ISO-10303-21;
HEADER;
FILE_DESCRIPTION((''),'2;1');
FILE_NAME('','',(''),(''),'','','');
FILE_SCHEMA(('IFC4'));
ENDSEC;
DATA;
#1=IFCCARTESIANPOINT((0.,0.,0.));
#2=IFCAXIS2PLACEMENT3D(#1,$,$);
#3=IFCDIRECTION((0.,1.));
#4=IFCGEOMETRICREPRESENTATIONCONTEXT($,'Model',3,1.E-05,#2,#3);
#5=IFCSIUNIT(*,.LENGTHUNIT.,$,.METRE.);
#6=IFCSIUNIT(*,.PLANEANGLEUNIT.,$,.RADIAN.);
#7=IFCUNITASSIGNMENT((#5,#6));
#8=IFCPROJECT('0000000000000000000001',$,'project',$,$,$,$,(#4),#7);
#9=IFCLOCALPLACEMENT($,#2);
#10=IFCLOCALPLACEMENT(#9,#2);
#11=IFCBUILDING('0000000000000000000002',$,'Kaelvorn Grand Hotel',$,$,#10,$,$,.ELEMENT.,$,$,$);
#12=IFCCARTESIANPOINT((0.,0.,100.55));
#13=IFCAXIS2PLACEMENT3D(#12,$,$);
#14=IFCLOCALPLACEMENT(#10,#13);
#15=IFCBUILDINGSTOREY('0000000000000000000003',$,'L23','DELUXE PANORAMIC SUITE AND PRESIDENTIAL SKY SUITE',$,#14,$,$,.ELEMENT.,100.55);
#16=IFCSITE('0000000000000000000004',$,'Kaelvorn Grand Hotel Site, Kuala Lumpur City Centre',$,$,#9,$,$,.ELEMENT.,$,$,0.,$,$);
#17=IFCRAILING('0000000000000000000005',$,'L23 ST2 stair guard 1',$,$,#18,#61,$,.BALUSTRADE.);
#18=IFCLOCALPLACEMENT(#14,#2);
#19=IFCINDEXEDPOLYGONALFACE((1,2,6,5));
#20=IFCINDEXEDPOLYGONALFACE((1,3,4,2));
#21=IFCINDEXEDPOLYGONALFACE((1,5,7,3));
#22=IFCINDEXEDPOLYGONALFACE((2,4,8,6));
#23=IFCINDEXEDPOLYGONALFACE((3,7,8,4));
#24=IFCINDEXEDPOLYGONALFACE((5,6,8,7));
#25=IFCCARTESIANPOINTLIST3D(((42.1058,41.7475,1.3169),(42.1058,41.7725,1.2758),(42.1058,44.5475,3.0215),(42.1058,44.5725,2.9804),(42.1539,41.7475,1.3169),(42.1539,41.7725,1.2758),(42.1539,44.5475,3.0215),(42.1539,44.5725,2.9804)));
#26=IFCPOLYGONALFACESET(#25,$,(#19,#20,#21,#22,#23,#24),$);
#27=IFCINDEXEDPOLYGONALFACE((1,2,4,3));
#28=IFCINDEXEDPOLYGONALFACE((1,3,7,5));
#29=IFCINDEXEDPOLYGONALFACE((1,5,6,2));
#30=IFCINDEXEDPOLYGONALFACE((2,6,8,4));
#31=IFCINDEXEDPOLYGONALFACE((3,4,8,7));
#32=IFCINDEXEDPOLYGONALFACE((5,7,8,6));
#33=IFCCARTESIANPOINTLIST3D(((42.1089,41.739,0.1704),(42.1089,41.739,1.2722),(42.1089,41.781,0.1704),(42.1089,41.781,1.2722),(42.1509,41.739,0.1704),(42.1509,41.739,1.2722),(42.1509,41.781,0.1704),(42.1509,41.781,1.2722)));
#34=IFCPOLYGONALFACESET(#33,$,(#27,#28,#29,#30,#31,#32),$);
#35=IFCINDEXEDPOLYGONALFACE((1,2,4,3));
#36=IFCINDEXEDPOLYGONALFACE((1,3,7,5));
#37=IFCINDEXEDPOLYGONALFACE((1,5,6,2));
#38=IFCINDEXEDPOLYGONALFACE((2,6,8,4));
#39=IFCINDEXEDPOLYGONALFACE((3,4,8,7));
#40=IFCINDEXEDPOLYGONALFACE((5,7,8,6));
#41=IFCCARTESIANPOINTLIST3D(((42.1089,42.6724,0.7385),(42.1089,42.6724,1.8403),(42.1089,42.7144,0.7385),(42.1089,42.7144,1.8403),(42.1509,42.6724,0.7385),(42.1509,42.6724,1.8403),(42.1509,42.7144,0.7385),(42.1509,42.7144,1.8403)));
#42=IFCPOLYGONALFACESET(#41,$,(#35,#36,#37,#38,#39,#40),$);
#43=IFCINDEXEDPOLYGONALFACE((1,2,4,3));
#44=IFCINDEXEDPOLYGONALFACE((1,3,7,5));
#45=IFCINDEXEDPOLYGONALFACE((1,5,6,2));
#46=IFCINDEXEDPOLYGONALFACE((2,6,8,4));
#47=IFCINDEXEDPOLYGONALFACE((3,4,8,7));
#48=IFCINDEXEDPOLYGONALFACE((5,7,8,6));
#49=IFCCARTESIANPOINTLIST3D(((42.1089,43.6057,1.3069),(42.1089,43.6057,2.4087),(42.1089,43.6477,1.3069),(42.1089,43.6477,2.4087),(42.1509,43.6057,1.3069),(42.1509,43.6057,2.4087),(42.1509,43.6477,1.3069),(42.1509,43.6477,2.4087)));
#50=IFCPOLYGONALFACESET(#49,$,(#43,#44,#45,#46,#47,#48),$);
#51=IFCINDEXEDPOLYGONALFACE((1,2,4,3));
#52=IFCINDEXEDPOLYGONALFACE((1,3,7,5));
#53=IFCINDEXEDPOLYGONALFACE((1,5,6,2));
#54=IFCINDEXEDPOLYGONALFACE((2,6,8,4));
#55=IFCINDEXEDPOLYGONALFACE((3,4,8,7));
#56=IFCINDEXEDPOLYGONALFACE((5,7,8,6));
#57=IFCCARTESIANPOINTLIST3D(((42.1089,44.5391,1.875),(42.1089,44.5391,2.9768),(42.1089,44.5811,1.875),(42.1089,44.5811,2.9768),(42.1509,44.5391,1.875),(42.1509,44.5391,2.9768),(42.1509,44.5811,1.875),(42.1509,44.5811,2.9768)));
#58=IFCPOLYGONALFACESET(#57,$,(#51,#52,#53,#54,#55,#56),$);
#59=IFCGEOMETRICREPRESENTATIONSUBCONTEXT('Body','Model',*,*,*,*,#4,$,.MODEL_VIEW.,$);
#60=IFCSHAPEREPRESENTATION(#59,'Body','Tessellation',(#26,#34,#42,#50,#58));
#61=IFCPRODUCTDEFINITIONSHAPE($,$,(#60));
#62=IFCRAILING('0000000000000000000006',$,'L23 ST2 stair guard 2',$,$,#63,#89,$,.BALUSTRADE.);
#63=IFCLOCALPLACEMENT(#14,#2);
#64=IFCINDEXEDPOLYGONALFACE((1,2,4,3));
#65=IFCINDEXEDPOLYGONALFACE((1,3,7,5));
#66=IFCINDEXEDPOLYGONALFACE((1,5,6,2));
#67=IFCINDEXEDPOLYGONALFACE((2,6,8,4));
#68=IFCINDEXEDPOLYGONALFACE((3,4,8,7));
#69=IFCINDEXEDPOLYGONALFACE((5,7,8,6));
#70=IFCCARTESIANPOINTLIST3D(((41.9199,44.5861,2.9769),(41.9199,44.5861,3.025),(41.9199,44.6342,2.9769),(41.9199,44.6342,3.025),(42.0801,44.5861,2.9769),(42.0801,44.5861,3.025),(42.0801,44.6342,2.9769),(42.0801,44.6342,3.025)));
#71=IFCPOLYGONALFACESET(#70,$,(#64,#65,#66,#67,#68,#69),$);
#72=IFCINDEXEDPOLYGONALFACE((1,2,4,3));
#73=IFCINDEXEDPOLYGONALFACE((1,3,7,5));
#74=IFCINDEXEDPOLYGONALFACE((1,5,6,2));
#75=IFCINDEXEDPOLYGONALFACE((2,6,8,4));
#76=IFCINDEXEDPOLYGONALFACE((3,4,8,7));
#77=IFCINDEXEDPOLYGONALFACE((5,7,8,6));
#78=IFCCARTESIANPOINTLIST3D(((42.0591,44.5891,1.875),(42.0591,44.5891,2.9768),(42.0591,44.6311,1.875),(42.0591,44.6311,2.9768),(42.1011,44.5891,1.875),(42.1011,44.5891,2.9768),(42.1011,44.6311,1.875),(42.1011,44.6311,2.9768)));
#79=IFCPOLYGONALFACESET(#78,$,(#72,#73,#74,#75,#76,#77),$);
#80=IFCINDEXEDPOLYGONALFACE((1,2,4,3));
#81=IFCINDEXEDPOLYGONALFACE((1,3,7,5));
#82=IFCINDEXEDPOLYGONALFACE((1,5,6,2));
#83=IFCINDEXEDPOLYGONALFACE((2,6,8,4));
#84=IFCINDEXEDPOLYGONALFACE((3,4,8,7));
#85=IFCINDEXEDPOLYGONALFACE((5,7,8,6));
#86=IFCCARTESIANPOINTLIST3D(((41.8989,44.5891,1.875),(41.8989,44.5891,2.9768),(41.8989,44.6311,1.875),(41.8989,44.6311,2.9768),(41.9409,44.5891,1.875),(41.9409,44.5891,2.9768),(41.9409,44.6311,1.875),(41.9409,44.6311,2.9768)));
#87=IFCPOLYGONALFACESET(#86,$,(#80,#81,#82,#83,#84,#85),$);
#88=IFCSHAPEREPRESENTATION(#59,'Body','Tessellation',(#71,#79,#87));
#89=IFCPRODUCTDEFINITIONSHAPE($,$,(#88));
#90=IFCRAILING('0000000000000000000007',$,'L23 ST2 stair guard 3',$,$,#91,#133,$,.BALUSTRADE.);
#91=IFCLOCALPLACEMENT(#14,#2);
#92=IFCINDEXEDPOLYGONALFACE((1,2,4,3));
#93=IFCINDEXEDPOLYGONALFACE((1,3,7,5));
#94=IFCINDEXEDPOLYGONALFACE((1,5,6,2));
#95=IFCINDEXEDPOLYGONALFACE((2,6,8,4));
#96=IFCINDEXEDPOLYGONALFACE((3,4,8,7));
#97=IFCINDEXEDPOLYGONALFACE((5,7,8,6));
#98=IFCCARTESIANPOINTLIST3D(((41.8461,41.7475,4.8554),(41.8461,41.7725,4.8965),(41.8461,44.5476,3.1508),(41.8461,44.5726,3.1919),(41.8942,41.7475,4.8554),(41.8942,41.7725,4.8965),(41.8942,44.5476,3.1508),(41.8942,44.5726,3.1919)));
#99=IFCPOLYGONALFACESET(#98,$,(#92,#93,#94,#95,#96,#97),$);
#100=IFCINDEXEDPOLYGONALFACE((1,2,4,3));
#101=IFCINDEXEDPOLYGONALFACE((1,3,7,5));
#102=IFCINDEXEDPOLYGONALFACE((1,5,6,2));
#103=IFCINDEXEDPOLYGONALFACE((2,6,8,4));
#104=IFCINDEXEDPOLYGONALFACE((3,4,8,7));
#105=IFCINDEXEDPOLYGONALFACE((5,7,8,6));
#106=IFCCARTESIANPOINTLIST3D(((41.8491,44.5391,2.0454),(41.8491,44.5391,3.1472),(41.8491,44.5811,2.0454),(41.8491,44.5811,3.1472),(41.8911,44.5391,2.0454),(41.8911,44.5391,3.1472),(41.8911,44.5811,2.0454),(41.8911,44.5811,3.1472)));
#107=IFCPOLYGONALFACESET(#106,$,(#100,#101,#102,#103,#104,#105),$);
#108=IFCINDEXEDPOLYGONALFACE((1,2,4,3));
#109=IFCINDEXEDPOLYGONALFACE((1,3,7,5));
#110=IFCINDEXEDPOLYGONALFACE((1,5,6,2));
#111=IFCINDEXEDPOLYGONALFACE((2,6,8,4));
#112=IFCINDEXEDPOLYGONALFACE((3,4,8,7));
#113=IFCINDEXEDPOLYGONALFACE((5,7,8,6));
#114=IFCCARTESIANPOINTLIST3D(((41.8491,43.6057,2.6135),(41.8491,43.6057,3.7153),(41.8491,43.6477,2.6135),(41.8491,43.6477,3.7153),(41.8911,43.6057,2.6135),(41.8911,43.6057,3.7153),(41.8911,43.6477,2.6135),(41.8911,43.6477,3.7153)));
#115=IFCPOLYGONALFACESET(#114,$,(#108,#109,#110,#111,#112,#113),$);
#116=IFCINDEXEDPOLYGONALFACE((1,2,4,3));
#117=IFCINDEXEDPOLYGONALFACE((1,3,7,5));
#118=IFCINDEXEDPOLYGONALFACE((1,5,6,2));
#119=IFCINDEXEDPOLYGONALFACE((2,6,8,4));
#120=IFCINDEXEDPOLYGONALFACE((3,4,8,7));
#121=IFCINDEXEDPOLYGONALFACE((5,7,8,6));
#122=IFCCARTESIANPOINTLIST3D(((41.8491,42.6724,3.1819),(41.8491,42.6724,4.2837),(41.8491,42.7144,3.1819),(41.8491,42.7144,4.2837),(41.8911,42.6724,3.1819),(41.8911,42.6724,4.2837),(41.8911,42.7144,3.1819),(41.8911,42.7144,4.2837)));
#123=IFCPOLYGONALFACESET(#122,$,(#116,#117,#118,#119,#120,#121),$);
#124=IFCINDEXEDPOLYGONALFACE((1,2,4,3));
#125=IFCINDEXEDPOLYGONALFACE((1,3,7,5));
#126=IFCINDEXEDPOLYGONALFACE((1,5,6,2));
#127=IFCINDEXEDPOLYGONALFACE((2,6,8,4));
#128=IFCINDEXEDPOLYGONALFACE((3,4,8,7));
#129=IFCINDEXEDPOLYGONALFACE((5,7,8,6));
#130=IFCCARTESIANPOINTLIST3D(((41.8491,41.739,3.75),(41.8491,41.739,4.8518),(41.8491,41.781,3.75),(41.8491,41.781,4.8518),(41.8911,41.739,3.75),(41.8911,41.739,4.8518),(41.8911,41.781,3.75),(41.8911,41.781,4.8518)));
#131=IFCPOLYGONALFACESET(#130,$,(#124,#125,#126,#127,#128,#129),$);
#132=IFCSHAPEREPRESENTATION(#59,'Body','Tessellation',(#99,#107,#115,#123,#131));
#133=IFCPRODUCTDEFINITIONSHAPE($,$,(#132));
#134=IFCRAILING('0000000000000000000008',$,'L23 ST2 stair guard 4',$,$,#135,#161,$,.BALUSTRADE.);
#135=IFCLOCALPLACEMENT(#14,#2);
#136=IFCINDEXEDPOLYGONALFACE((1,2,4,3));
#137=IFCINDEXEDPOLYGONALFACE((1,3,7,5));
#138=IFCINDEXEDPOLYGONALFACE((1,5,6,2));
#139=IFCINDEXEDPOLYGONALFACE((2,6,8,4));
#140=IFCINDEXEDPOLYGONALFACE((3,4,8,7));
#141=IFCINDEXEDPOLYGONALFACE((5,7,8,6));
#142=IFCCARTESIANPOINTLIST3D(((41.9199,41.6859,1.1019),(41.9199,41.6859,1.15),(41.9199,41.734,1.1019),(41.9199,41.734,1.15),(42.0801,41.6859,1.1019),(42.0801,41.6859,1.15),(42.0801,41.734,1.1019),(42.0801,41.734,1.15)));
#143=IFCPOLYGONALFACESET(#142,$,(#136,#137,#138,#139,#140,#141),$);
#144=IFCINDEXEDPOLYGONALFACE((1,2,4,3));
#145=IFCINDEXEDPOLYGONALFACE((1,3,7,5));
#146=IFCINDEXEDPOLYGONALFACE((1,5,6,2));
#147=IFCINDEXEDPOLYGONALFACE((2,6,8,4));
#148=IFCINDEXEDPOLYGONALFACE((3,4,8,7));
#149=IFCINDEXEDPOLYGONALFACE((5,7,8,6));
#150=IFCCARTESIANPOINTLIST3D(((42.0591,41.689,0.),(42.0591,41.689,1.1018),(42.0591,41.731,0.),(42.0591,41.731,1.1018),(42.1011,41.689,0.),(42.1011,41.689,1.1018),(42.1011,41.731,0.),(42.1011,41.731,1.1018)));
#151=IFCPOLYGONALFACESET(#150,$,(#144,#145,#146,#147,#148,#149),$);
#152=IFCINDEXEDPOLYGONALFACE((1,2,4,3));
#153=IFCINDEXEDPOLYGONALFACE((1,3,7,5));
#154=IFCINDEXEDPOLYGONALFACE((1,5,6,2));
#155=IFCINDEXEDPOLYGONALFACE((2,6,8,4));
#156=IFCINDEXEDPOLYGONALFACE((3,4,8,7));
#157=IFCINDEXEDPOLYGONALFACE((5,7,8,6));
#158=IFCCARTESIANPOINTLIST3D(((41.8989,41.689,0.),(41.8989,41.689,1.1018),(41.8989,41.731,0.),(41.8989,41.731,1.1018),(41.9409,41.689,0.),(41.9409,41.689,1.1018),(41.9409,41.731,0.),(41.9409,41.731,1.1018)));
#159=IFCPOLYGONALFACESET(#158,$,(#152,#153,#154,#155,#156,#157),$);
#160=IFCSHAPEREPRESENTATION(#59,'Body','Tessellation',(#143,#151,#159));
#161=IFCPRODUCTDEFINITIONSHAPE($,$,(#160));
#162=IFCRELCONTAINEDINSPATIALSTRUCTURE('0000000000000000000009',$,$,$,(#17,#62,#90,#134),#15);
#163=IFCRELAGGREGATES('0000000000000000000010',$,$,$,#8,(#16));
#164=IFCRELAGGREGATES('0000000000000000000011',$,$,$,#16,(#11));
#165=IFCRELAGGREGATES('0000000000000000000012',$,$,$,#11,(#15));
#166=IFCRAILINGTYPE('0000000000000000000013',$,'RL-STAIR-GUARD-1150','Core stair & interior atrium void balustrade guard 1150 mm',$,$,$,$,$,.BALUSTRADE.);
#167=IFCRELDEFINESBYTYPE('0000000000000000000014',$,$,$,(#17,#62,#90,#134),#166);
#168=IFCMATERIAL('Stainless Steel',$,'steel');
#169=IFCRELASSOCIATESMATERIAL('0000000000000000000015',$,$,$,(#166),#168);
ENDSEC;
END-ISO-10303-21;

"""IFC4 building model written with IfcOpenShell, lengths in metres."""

from ifc_helpers import new_model, si_unit, direction, frame, origin, origin_2d, place, context, subcontext, project, spatial, rectangle, extrude, material, type_object, element, save


model = new_model("IFC4")

# Units and contexts
model_context = context("Model", 3, precision=1e-05, world=origin(), true_north=direction((0.0, 1.0)))
body_context = subcontext(model_context, "Body", "Model", "MODEL_VIEW")
ifc_project = project(units=[si_unit("LENGTHUNIT", "METRE"), si_unit("PLANEANGLEUNIT", "RADIAN")], contexts=[model_context])

# Site, building, storey
site_placement = place(None, origin())
site = spatial("IfcSite", under=ifc_project, at=site_placement, Name="Kaelvorn Grand Hotel Site, Kuala Lumpur City Centre", CompositionType="ELEMENT", RefElevation=0.0)
building_placement = place(site_placement, origin())
building = spatial("IfcBuilding", under=site, at=building_placement, Name="Kaelvorn Grand Hotel", CompositionType="ELEMENT")
storey_placement = place(building_placement, frame((0.0, 0.0, 100.55)))
storey = spatial("IfcBuildingStorey", under=building, at=storey_placement, Name="L23", Description="DELUXE PANORAMIC SUITE AND PRESIDENTIAL SKY SUITE", CompositionType="ELEMENT", Elevation=100.55)

# Railings
ifc_material_1 = material(Name="Stainless Steel", Category="steel")
railing_type_1 = type_object("IfcRailingType", Name="RL-STAIR-GUARD-1150", Description="Core stair & interior atrium void balustrade guard 1150 mm", PredefinedType="BALUSTRADE", material=ifc_material_1)
railing_1_placement = place(storey_placement, frame((42.1299, 41.76, 0.1704)))
element("IfcRailing", 1, at=railing_1_placement, inside=storey, type_object=railing_type_1, Name="L23 ST2 stair guard 1", PredefinedType="BALUSTRADE", context=body_context, shape_type="SweptSolid", body=[
    extrude(rectangle(XDim=0.0481, YDim=0.0481, at=origin_2d()), frame((0.0, 0.0, 1.126), z_axis=(0.0, 0.85417, 0.519994), x_axis=(-1.0, 0.0, 0.0)), (0.0, 0.0, 1.0), 3.2781),
    extrude(rectangle(XDim=0.042, YDim=0.042, at=origin_2d()), origin(), (0.0, 0.0, 1.0), 1.1018),
    extrude(rectangle(XDim=0.042, YDim=0.042, at=origin_2d()), frame((0.0, 0.9333, 0.5681)), (0.0, 0.0, 1.0), 1.1018),
    extrude(rectangle(XDim=0.042, YDim=0.042, at=origin_2d()), frame((0.0, 1.8667, 1.1365)), (0.0, 0.0, 1.0), 1.1018),
    extrude(rectangle(XDim=0.042, YDim=0.042, at=origin_2d()), frame((0.0, 2.8, 1.7046)), (0.0, 0.0, 1.0), 1.1018),
])
railing_2_placement = place(storey_placement, frame((42.0801, 44.6101, 1.875)))
element("IfcRailing", 2, at=railing_2_placement, inside=storey, type_object=railing_type_1, Name="L23 ST2 stair guard 2", PredefinedType="BALUSTRADE", context=body_context, shape_type="SweptSolid", body=[
    extrude(rectangle(XDim=0.0481, YDim=0.0481, at=origin_2d()), frame((0.0, 0.0, 1.126), z_axis=(-1.0, 0.0, 0.0), x_axis=(0.0, -1.0, 0.0)), (0.0, 0.0, 1.0), 0.1602),
    extrude(rectangle(XDim=0.042, YDim=0.042, at=origin_2d()), origin(), (0.0, 0.0, 1.0), 1.1018),
    extrude(rectangle(XDim=0.042, YDim=0.042, at=origin_2d()), frame((-0.1602, 0.0, 0.0)), (0.0, 0.0, 1.0), 1.1018),
])
railing_3_placement = place(storey_placement, frame((41.8701, 44.5601, 2.0454)))
element("IfcRailing", 3, at=railing_3_placement, inside=storey, type_object=railing_type_1, Name="L23 ST2 stair guard 3", PredefinedType="BALUSTRADE", context=body_context, shape_type="SweptSolid", body=[
    extrude(rectangle(XDim=0.0481, YDim=0.0481, at=origin_2d()), frame((0.0, 0.0, 1.126), z_axis=(0.0, -0.85417, 0.519994), x_axis=(1.0, 0.0, 0.0)), (0.0, 0.0, 1.0), 3.2781),
    extrude(rectangle(XDim=0.042, YDim=0.042, at=origin_2d()), origin(), (0.0, 0.0, 1.0), 1.1018),
    extrude(rectangle(XDim=0.042, YDim=0.042, at=origin_2d()), frame((0.0, -0.9333, 0.5681)), (0.0, 0.0, 1.0), 1.1018),
    extrude(rectangle(XDim=0.042, YDim=0.042, at=origin_2d()), frame((0.0, -1.8667, 1.1365)), (0.0, 0.0, 1.0), 1.1018),
    extrude(rectangle(XDim=0.042, YDim=0.042, at=origin_2d()), frame((0.0, -2.8, 1.7046)), (0.0, 0.0, 1.0), 1.1018),
])
railing_4_placement = place(storey_placement, frame((42.0801, 41.71, 0.0)))
element("IfcRailing", 4, at=railing_4_placement, inside=storey, type_object=railing_type_1, Name="L23 ST2 stair guard 4", PredefinedType="BALUSTRADE", context=body_context, shape_type="SweptSolid", body=[
    extrude(rectangle(XDim=0.0481, YDim=0.0481, at=origin_2d()), frame((0.0, 0.0, 1.126), z_axis=(-1.0, 0.0, 0.0), x_axis=(0.0, -1.0, 0.0)), (0.0, 0.0, 1.0), 0.1602),
    extrude(rectangle(XDim=0.042, YDim=0.042, at=origin_2d()), origin(), (0.0, 0.0, 1.0), 1.1018),
    extrude(rectangle(XDim=0.042, YDim=0.042, at=origin_2d()), frame((-0.1602, 0.0, 0.0)), (0.0, 0.0, 1.0), 1.1018),
])

save(model, "model.ifc")
